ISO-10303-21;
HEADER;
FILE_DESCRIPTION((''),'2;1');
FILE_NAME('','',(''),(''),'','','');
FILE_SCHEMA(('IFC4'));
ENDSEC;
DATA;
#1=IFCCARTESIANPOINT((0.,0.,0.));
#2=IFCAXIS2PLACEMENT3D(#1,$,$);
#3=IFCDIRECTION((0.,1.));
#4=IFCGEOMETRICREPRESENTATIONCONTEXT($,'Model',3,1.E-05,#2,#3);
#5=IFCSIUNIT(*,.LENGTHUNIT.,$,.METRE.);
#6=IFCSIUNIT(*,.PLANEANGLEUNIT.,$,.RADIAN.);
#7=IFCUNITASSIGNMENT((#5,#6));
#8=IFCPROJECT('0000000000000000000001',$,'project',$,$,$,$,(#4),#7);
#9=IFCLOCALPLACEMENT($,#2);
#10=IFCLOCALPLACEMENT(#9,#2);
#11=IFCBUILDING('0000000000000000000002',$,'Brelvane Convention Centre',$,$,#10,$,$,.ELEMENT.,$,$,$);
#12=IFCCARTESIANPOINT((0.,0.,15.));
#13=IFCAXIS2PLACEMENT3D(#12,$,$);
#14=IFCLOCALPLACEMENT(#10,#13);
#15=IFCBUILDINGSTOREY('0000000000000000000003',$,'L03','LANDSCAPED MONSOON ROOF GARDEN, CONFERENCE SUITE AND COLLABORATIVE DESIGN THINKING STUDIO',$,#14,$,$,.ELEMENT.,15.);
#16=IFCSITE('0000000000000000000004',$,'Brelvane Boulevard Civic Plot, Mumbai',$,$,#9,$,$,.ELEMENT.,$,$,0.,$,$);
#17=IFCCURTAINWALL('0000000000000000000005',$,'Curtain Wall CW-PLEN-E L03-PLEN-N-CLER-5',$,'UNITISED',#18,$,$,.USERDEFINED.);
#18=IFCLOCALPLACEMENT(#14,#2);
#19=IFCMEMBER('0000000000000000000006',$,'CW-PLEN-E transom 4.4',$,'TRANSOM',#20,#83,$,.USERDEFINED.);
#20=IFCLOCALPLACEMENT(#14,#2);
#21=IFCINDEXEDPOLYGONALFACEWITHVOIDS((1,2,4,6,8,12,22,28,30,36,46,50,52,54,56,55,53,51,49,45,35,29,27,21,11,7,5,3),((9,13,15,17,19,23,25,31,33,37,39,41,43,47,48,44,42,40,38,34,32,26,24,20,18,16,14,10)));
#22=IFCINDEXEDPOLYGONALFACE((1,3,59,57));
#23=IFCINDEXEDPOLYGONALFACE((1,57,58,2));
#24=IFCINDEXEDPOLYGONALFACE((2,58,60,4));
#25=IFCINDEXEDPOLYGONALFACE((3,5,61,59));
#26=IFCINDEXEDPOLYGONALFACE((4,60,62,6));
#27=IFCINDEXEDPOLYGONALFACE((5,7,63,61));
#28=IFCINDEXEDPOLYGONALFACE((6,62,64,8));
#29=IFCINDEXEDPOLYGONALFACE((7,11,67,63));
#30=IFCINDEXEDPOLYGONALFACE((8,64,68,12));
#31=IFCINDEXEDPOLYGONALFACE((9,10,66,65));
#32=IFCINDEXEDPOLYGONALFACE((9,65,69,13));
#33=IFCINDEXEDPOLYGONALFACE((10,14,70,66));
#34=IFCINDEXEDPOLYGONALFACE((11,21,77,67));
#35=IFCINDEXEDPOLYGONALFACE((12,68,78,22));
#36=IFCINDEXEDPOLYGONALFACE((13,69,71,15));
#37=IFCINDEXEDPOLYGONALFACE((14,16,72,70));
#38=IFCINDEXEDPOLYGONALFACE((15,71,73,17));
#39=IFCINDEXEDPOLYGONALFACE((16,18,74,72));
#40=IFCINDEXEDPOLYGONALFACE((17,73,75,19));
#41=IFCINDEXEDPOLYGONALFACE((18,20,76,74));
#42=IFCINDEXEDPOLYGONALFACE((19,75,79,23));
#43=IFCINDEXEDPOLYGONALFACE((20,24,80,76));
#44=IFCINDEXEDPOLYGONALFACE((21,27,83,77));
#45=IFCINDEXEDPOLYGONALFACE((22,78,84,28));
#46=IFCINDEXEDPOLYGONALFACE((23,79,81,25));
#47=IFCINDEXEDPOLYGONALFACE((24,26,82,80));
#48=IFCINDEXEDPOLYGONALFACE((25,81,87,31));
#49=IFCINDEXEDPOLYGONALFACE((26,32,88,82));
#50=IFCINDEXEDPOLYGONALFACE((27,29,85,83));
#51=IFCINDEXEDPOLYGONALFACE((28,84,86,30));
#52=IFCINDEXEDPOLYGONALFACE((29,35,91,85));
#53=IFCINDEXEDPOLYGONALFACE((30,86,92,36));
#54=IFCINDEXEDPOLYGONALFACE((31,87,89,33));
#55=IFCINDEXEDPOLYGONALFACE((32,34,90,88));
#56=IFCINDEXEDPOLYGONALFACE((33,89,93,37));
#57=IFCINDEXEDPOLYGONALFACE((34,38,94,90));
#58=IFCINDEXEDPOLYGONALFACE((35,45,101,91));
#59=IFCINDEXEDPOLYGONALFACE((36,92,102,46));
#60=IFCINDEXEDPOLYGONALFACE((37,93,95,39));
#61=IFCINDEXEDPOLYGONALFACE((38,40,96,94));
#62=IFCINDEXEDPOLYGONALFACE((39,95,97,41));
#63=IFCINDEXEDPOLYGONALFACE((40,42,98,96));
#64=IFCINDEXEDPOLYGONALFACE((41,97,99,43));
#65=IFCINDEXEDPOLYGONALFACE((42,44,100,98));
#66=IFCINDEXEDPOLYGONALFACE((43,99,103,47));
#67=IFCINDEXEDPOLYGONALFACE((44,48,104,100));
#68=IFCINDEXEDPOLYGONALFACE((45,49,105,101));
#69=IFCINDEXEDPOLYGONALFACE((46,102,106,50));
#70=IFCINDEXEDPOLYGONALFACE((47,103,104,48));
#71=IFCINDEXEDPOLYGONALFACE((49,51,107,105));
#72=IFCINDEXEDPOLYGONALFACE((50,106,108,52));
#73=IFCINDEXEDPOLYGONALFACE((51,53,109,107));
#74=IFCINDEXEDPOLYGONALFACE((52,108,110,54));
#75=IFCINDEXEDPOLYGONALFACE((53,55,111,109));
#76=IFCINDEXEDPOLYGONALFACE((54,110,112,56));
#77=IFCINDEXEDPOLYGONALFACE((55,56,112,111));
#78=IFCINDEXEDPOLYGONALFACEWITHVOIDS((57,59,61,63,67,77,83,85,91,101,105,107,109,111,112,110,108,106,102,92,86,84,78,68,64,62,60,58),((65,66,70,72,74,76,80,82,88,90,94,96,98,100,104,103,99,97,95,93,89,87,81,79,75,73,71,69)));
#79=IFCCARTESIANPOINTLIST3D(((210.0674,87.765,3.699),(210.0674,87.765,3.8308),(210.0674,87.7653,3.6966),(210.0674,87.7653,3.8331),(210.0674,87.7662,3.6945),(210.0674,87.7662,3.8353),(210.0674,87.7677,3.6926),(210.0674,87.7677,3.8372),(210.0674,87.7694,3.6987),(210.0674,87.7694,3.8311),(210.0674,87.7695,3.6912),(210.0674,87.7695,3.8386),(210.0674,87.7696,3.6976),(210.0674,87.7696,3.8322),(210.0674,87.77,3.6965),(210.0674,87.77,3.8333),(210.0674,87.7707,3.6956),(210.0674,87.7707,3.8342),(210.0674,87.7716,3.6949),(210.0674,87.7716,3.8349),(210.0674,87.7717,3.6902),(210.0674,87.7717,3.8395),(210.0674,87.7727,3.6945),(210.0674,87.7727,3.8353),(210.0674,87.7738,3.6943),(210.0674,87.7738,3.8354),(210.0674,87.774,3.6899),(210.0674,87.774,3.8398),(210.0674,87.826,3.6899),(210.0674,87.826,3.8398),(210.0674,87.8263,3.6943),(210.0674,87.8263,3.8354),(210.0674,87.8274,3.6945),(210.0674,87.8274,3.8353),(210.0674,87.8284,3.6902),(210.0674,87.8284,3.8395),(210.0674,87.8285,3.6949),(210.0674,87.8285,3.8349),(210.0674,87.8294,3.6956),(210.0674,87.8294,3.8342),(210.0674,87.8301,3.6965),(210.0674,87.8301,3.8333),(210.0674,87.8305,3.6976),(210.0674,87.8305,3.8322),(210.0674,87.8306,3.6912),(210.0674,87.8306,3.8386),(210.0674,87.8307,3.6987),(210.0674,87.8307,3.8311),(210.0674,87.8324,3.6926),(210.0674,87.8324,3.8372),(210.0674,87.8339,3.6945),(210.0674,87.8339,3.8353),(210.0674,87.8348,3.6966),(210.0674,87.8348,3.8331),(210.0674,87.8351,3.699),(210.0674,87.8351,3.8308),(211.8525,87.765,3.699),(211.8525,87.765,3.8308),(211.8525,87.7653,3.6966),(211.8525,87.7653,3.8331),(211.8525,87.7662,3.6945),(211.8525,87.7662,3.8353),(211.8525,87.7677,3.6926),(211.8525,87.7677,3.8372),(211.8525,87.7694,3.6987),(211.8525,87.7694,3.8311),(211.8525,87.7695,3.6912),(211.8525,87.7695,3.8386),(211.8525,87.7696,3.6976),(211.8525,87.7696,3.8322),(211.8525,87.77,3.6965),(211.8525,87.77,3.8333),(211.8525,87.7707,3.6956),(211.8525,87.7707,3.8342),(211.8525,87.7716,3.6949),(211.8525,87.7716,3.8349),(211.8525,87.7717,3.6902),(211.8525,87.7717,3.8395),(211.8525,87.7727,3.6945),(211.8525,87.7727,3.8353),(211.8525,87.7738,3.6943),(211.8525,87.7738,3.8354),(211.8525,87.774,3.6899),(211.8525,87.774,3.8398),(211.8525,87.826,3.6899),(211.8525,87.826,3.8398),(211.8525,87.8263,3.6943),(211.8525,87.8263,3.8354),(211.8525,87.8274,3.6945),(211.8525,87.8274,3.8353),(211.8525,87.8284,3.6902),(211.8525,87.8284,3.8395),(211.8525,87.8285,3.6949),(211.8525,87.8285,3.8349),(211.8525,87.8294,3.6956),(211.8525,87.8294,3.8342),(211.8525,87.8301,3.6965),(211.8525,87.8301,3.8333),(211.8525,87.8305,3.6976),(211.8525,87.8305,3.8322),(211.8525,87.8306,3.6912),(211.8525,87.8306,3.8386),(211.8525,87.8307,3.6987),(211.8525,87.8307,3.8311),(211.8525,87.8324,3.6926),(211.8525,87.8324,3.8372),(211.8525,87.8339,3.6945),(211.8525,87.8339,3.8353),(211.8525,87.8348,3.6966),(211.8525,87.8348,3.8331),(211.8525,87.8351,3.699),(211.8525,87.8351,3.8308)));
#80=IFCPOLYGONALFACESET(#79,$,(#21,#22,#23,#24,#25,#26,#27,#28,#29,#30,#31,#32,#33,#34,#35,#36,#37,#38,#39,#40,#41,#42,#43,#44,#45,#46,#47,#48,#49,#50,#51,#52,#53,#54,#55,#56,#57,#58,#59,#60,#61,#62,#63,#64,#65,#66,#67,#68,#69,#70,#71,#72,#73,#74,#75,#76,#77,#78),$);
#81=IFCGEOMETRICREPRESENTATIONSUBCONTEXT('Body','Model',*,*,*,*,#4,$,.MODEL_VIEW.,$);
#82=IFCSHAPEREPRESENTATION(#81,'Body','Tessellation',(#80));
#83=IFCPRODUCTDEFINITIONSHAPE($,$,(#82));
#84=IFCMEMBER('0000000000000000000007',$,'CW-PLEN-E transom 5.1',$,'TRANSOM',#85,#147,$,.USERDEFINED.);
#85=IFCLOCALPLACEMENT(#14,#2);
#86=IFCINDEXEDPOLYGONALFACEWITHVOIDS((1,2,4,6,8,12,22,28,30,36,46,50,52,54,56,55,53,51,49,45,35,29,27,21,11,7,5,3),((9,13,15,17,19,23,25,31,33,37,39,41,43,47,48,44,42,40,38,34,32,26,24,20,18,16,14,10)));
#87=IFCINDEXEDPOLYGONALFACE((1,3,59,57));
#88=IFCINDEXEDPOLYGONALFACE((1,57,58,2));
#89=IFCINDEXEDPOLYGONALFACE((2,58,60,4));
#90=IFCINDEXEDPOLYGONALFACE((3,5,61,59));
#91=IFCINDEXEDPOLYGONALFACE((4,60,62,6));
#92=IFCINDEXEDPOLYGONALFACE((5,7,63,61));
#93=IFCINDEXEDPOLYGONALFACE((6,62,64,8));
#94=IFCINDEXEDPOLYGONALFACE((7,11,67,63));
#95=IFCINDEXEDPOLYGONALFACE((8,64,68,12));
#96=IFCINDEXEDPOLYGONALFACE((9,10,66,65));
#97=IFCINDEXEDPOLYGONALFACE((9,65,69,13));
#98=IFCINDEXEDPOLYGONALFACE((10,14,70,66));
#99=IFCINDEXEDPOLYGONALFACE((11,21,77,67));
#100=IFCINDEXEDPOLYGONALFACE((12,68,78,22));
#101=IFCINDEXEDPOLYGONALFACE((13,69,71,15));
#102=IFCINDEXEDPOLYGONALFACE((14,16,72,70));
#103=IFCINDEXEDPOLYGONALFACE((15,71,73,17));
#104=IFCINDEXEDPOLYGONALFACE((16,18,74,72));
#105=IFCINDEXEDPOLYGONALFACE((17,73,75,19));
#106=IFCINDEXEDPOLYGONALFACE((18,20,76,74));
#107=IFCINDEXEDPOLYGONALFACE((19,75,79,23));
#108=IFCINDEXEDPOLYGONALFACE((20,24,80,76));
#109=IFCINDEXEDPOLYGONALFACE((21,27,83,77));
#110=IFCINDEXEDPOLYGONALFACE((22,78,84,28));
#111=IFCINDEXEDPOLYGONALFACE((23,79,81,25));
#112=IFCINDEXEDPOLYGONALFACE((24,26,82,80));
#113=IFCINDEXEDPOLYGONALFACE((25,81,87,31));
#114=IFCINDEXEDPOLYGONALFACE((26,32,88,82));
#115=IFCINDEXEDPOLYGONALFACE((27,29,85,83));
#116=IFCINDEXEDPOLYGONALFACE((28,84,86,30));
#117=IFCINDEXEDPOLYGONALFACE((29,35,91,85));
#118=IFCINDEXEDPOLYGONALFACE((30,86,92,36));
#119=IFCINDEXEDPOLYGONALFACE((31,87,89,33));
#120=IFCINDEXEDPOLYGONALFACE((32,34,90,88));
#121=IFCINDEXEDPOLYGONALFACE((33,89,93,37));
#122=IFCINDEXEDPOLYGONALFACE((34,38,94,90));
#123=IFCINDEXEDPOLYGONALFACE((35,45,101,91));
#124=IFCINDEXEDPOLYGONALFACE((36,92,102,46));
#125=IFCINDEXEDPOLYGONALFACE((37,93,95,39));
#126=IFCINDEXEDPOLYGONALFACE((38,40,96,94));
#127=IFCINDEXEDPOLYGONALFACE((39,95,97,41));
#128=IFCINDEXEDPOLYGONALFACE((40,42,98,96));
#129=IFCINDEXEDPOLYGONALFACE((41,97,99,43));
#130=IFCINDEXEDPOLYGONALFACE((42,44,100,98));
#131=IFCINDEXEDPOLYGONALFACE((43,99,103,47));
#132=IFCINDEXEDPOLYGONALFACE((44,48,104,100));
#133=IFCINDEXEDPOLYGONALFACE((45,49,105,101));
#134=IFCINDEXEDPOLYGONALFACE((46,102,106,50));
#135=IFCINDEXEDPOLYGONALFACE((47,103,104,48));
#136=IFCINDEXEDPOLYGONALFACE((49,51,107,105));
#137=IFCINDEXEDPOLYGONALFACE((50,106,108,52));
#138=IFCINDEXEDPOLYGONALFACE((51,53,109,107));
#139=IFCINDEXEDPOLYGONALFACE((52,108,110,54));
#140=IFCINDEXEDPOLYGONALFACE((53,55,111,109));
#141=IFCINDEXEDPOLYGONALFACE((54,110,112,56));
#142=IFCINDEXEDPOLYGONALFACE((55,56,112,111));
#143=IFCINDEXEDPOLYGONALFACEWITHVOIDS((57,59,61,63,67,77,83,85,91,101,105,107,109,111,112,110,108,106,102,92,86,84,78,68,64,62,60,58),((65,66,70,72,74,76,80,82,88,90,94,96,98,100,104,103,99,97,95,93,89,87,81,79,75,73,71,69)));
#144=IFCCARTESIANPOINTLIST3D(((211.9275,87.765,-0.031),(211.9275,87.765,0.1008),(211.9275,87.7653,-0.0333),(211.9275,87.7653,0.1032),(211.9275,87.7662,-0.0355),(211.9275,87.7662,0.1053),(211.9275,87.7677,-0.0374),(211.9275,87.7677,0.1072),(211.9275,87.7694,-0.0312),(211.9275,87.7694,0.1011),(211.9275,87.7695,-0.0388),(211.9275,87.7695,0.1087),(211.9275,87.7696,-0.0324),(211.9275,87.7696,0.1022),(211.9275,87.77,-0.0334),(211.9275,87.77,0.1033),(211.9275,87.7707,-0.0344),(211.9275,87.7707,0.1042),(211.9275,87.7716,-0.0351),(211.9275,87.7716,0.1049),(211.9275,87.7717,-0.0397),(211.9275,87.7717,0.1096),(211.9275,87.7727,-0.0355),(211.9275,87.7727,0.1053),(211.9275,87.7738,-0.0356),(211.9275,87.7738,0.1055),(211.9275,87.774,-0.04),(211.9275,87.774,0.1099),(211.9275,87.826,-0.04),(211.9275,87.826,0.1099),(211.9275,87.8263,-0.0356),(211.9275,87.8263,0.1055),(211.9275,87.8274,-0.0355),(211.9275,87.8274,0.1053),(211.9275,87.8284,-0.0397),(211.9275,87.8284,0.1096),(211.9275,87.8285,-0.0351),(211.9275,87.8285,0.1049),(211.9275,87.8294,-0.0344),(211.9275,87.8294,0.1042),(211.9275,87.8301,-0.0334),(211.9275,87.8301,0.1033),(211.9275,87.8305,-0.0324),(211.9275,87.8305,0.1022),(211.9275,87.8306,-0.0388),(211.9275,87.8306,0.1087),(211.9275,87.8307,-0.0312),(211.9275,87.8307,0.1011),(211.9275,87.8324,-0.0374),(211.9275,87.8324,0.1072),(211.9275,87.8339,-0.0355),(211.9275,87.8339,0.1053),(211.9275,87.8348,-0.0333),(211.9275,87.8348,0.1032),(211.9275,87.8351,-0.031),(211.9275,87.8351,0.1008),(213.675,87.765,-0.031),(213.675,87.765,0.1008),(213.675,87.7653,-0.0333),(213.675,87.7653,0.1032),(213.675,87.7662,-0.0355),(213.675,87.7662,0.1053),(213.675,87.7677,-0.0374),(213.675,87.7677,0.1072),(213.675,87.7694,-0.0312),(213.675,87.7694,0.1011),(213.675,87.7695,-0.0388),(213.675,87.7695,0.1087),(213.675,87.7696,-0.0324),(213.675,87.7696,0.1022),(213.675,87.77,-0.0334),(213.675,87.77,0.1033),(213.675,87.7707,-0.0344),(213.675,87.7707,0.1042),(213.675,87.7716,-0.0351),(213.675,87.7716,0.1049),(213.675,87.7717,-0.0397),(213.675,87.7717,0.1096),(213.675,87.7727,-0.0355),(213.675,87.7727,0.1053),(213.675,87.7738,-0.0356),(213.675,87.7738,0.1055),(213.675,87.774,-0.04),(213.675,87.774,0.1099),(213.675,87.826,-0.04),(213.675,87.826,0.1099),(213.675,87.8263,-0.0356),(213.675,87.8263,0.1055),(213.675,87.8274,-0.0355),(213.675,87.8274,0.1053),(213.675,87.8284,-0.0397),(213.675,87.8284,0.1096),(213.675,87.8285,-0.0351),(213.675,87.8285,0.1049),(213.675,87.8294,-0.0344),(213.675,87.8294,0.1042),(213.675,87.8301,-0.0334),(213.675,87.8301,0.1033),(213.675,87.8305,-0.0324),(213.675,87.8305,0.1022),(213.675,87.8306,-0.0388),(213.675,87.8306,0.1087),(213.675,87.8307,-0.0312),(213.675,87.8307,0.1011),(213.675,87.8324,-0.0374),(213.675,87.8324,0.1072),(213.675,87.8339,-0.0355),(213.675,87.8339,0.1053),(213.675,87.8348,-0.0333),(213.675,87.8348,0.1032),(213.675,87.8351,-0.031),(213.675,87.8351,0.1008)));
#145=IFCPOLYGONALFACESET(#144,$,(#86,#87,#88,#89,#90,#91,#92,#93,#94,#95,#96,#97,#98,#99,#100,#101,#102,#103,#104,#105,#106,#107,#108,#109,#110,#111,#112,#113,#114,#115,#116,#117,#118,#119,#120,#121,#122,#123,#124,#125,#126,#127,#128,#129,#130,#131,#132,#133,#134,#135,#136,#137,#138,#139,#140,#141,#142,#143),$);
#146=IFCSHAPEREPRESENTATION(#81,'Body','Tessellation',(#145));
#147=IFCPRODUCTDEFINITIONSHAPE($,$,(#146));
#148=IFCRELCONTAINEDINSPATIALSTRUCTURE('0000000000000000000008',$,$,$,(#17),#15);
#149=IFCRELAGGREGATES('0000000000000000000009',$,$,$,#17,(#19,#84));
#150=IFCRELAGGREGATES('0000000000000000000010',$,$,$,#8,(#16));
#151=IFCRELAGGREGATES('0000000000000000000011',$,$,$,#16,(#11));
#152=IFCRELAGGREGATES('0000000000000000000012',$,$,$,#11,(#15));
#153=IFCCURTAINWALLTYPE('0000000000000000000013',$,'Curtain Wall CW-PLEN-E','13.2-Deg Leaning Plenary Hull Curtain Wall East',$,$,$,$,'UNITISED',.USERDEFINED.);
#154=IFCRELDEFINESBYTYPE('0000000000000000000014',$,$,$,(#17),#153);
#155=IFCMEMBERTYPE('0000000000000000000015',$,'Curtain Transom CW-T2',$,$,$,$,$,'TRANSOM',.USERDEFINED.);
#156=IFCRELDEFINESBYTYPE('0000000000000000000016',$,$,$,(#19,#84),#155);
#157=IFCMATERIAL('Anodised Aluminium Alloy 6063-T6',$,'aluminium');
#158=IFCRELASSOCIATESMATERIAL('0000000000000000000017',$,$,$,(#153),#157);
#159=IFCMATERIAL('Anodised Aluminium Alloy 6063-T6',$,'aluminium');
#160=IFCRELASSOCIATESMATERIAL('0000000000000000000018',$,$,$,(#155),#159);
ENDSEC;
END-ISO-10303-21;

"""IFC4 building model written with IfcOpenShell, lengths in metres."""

from ifc_helpers import new_model, si_unit, direction, frame, origin, origin_2d, place, context, subcontext, project, spatial, hollow_rectangle, extrude, material, material_profile, profile_set, type_object, element, aggregate, save


model = new_model("IFC4")

# Units and contexts
model_context = context("Model", 3, precision=1e-05, world=origin(), true_north=direction((0.0, 1.0)))
body_context = subcontext(model_context, "Body", "Model", "MODEL_VIEW")
ifc_project = project(units=[si_unit("LENGTHUNIT", "METRE"), si_unit("PLANEANGLEUNIT", "RADIAN")], contexts=[model_context])

# Site, building, storey
site_placement = place(None, origin())
site = spatial("IfcSite", under=ifc_project, at=site_placement, Name="Brelvane Boulevard Civic Plot, Mumbai", CompositionType="ELEMENT", RefElevation=0.0)
building_placement = place(site_placement, origin())
building = spatial("IfcBuilding", under=site, at=building_placement, Name="Brelvane Convention Centre", CompositionType="ELEMENT")
storey_placement = place(building_placement, frame((0.0, 0.0, 15.0)))
storey = spatial("IfcBuildingStorey", under=building, at=storey_placement, Name="L03", Description="LANDSCAPED MONSOON ROOF GARDEN, CONFERENCE SUITE AND COLLABORATIVE DESIGN THINKING STUDIO", CompositionType="ELEMENT", Elevation=15.0)

# Curtain wall
ifc_material_1 = material(Name="Anodised Aluminium Alloy 6063-T6", Category="aluminium")
curtain_wall_type = type_object("IfcCurtainWallType", Name="Curtain Wall CW-PLEN-E", Description="13.2-Deg Leaning Plenary Hull Curtain Wall East", ElementType="UNITISED", PredefinedType="USERDEFINED", material=ifc_material_1)
curtain_wall_1_placement = place(storey_placement, origin())
curtain_wall_1 = element("IfcCurtainWall", 1, at=curtain_wall_1_placement, inside=storey, type_object=curtain_wall_type, Name="Curtain Wall CW-PLEN-E L03-PLEN-N-CLER-5", ObjectType="UNITISED", PredefinedType="USERDEFINED")

# Members
ifc_material_2 = material(Name="Anodised Aluminium Alloy 6063-T6", Category="aluminium")
ifc_material_profile_1 = material_profile(ifc_material_2, hollow_rectangle(XDim=0.0701, YDim=0.1499, WallThickness=0.0044, InnerFilletRadius=0.0044, OuterFilletRadius=0.009, at=origin_2d()), Name="ALU-T 150x70x4.5")
ifc_profile_set_1 = profile_set([ifc_material_profile_1], Name="Anodised Aluminium Alloy 6063-T6")
member_type_1 = type_object("IfcMemberType", Name="Curtain Transom CW-T2", ElementType="TRANSOM", PredefinedType="USERDEFINED", material=ifc_profile_set_1)
member_1_placement = place(storey_placement, frame((210.0674, 87.8, 3.7649), z_axis=(1.0, 0.0, 0.0), x_axis=(0.0, 1.0, 0.0)))
member_1 = element("IfcMember", 2, at=member_1_placement, type_object=member_type_1, Name="CW-PLEN-E transom 4.4", ObjectType="TRANSOM", PredefinedType="USERDEFINED", context=body_context, shape_type="SweptSolid", body=[
    extrude(hollow_rectangle(XDim=0.0701, YDim=0.1499, WallThickness=0.0044, InnerFilletRadius=0.0044, OuterFilletRadius=0.009, at=origin_2d()), origin(), (0.0, 0.0, 1.0), 1.7852),
])
member_2_placement = place(storey_placement, frame((211.9275, 87.8, 0.0349), z_axis=(1.0, 0.0, 0.0), x_axis=(0.0, 1.0, 0.0)))
member_2 = element("IfcMember", 3, at=member_2_placement, type_object=member_type_1, Name="CW-PLEN-E transom 5.1", ObjectType="TRANSOM", PredefinedType="USERDEFINED", context=body_context, shape_type="SweptSolid", body=[
    extrude(hollow_rectangle(XDim=0.0701, YDim=0.1499, WallThickness=0.0044, InnerFilletRadius=0.0044, OuterFilletRadius=0.009, at=origin_2d()), origin(), (0.0, 0.0, 1.0), 1.7476),
])

aggregate(curtain_wall_1, [member_1, member_2])

save(model, "model.ifc")
